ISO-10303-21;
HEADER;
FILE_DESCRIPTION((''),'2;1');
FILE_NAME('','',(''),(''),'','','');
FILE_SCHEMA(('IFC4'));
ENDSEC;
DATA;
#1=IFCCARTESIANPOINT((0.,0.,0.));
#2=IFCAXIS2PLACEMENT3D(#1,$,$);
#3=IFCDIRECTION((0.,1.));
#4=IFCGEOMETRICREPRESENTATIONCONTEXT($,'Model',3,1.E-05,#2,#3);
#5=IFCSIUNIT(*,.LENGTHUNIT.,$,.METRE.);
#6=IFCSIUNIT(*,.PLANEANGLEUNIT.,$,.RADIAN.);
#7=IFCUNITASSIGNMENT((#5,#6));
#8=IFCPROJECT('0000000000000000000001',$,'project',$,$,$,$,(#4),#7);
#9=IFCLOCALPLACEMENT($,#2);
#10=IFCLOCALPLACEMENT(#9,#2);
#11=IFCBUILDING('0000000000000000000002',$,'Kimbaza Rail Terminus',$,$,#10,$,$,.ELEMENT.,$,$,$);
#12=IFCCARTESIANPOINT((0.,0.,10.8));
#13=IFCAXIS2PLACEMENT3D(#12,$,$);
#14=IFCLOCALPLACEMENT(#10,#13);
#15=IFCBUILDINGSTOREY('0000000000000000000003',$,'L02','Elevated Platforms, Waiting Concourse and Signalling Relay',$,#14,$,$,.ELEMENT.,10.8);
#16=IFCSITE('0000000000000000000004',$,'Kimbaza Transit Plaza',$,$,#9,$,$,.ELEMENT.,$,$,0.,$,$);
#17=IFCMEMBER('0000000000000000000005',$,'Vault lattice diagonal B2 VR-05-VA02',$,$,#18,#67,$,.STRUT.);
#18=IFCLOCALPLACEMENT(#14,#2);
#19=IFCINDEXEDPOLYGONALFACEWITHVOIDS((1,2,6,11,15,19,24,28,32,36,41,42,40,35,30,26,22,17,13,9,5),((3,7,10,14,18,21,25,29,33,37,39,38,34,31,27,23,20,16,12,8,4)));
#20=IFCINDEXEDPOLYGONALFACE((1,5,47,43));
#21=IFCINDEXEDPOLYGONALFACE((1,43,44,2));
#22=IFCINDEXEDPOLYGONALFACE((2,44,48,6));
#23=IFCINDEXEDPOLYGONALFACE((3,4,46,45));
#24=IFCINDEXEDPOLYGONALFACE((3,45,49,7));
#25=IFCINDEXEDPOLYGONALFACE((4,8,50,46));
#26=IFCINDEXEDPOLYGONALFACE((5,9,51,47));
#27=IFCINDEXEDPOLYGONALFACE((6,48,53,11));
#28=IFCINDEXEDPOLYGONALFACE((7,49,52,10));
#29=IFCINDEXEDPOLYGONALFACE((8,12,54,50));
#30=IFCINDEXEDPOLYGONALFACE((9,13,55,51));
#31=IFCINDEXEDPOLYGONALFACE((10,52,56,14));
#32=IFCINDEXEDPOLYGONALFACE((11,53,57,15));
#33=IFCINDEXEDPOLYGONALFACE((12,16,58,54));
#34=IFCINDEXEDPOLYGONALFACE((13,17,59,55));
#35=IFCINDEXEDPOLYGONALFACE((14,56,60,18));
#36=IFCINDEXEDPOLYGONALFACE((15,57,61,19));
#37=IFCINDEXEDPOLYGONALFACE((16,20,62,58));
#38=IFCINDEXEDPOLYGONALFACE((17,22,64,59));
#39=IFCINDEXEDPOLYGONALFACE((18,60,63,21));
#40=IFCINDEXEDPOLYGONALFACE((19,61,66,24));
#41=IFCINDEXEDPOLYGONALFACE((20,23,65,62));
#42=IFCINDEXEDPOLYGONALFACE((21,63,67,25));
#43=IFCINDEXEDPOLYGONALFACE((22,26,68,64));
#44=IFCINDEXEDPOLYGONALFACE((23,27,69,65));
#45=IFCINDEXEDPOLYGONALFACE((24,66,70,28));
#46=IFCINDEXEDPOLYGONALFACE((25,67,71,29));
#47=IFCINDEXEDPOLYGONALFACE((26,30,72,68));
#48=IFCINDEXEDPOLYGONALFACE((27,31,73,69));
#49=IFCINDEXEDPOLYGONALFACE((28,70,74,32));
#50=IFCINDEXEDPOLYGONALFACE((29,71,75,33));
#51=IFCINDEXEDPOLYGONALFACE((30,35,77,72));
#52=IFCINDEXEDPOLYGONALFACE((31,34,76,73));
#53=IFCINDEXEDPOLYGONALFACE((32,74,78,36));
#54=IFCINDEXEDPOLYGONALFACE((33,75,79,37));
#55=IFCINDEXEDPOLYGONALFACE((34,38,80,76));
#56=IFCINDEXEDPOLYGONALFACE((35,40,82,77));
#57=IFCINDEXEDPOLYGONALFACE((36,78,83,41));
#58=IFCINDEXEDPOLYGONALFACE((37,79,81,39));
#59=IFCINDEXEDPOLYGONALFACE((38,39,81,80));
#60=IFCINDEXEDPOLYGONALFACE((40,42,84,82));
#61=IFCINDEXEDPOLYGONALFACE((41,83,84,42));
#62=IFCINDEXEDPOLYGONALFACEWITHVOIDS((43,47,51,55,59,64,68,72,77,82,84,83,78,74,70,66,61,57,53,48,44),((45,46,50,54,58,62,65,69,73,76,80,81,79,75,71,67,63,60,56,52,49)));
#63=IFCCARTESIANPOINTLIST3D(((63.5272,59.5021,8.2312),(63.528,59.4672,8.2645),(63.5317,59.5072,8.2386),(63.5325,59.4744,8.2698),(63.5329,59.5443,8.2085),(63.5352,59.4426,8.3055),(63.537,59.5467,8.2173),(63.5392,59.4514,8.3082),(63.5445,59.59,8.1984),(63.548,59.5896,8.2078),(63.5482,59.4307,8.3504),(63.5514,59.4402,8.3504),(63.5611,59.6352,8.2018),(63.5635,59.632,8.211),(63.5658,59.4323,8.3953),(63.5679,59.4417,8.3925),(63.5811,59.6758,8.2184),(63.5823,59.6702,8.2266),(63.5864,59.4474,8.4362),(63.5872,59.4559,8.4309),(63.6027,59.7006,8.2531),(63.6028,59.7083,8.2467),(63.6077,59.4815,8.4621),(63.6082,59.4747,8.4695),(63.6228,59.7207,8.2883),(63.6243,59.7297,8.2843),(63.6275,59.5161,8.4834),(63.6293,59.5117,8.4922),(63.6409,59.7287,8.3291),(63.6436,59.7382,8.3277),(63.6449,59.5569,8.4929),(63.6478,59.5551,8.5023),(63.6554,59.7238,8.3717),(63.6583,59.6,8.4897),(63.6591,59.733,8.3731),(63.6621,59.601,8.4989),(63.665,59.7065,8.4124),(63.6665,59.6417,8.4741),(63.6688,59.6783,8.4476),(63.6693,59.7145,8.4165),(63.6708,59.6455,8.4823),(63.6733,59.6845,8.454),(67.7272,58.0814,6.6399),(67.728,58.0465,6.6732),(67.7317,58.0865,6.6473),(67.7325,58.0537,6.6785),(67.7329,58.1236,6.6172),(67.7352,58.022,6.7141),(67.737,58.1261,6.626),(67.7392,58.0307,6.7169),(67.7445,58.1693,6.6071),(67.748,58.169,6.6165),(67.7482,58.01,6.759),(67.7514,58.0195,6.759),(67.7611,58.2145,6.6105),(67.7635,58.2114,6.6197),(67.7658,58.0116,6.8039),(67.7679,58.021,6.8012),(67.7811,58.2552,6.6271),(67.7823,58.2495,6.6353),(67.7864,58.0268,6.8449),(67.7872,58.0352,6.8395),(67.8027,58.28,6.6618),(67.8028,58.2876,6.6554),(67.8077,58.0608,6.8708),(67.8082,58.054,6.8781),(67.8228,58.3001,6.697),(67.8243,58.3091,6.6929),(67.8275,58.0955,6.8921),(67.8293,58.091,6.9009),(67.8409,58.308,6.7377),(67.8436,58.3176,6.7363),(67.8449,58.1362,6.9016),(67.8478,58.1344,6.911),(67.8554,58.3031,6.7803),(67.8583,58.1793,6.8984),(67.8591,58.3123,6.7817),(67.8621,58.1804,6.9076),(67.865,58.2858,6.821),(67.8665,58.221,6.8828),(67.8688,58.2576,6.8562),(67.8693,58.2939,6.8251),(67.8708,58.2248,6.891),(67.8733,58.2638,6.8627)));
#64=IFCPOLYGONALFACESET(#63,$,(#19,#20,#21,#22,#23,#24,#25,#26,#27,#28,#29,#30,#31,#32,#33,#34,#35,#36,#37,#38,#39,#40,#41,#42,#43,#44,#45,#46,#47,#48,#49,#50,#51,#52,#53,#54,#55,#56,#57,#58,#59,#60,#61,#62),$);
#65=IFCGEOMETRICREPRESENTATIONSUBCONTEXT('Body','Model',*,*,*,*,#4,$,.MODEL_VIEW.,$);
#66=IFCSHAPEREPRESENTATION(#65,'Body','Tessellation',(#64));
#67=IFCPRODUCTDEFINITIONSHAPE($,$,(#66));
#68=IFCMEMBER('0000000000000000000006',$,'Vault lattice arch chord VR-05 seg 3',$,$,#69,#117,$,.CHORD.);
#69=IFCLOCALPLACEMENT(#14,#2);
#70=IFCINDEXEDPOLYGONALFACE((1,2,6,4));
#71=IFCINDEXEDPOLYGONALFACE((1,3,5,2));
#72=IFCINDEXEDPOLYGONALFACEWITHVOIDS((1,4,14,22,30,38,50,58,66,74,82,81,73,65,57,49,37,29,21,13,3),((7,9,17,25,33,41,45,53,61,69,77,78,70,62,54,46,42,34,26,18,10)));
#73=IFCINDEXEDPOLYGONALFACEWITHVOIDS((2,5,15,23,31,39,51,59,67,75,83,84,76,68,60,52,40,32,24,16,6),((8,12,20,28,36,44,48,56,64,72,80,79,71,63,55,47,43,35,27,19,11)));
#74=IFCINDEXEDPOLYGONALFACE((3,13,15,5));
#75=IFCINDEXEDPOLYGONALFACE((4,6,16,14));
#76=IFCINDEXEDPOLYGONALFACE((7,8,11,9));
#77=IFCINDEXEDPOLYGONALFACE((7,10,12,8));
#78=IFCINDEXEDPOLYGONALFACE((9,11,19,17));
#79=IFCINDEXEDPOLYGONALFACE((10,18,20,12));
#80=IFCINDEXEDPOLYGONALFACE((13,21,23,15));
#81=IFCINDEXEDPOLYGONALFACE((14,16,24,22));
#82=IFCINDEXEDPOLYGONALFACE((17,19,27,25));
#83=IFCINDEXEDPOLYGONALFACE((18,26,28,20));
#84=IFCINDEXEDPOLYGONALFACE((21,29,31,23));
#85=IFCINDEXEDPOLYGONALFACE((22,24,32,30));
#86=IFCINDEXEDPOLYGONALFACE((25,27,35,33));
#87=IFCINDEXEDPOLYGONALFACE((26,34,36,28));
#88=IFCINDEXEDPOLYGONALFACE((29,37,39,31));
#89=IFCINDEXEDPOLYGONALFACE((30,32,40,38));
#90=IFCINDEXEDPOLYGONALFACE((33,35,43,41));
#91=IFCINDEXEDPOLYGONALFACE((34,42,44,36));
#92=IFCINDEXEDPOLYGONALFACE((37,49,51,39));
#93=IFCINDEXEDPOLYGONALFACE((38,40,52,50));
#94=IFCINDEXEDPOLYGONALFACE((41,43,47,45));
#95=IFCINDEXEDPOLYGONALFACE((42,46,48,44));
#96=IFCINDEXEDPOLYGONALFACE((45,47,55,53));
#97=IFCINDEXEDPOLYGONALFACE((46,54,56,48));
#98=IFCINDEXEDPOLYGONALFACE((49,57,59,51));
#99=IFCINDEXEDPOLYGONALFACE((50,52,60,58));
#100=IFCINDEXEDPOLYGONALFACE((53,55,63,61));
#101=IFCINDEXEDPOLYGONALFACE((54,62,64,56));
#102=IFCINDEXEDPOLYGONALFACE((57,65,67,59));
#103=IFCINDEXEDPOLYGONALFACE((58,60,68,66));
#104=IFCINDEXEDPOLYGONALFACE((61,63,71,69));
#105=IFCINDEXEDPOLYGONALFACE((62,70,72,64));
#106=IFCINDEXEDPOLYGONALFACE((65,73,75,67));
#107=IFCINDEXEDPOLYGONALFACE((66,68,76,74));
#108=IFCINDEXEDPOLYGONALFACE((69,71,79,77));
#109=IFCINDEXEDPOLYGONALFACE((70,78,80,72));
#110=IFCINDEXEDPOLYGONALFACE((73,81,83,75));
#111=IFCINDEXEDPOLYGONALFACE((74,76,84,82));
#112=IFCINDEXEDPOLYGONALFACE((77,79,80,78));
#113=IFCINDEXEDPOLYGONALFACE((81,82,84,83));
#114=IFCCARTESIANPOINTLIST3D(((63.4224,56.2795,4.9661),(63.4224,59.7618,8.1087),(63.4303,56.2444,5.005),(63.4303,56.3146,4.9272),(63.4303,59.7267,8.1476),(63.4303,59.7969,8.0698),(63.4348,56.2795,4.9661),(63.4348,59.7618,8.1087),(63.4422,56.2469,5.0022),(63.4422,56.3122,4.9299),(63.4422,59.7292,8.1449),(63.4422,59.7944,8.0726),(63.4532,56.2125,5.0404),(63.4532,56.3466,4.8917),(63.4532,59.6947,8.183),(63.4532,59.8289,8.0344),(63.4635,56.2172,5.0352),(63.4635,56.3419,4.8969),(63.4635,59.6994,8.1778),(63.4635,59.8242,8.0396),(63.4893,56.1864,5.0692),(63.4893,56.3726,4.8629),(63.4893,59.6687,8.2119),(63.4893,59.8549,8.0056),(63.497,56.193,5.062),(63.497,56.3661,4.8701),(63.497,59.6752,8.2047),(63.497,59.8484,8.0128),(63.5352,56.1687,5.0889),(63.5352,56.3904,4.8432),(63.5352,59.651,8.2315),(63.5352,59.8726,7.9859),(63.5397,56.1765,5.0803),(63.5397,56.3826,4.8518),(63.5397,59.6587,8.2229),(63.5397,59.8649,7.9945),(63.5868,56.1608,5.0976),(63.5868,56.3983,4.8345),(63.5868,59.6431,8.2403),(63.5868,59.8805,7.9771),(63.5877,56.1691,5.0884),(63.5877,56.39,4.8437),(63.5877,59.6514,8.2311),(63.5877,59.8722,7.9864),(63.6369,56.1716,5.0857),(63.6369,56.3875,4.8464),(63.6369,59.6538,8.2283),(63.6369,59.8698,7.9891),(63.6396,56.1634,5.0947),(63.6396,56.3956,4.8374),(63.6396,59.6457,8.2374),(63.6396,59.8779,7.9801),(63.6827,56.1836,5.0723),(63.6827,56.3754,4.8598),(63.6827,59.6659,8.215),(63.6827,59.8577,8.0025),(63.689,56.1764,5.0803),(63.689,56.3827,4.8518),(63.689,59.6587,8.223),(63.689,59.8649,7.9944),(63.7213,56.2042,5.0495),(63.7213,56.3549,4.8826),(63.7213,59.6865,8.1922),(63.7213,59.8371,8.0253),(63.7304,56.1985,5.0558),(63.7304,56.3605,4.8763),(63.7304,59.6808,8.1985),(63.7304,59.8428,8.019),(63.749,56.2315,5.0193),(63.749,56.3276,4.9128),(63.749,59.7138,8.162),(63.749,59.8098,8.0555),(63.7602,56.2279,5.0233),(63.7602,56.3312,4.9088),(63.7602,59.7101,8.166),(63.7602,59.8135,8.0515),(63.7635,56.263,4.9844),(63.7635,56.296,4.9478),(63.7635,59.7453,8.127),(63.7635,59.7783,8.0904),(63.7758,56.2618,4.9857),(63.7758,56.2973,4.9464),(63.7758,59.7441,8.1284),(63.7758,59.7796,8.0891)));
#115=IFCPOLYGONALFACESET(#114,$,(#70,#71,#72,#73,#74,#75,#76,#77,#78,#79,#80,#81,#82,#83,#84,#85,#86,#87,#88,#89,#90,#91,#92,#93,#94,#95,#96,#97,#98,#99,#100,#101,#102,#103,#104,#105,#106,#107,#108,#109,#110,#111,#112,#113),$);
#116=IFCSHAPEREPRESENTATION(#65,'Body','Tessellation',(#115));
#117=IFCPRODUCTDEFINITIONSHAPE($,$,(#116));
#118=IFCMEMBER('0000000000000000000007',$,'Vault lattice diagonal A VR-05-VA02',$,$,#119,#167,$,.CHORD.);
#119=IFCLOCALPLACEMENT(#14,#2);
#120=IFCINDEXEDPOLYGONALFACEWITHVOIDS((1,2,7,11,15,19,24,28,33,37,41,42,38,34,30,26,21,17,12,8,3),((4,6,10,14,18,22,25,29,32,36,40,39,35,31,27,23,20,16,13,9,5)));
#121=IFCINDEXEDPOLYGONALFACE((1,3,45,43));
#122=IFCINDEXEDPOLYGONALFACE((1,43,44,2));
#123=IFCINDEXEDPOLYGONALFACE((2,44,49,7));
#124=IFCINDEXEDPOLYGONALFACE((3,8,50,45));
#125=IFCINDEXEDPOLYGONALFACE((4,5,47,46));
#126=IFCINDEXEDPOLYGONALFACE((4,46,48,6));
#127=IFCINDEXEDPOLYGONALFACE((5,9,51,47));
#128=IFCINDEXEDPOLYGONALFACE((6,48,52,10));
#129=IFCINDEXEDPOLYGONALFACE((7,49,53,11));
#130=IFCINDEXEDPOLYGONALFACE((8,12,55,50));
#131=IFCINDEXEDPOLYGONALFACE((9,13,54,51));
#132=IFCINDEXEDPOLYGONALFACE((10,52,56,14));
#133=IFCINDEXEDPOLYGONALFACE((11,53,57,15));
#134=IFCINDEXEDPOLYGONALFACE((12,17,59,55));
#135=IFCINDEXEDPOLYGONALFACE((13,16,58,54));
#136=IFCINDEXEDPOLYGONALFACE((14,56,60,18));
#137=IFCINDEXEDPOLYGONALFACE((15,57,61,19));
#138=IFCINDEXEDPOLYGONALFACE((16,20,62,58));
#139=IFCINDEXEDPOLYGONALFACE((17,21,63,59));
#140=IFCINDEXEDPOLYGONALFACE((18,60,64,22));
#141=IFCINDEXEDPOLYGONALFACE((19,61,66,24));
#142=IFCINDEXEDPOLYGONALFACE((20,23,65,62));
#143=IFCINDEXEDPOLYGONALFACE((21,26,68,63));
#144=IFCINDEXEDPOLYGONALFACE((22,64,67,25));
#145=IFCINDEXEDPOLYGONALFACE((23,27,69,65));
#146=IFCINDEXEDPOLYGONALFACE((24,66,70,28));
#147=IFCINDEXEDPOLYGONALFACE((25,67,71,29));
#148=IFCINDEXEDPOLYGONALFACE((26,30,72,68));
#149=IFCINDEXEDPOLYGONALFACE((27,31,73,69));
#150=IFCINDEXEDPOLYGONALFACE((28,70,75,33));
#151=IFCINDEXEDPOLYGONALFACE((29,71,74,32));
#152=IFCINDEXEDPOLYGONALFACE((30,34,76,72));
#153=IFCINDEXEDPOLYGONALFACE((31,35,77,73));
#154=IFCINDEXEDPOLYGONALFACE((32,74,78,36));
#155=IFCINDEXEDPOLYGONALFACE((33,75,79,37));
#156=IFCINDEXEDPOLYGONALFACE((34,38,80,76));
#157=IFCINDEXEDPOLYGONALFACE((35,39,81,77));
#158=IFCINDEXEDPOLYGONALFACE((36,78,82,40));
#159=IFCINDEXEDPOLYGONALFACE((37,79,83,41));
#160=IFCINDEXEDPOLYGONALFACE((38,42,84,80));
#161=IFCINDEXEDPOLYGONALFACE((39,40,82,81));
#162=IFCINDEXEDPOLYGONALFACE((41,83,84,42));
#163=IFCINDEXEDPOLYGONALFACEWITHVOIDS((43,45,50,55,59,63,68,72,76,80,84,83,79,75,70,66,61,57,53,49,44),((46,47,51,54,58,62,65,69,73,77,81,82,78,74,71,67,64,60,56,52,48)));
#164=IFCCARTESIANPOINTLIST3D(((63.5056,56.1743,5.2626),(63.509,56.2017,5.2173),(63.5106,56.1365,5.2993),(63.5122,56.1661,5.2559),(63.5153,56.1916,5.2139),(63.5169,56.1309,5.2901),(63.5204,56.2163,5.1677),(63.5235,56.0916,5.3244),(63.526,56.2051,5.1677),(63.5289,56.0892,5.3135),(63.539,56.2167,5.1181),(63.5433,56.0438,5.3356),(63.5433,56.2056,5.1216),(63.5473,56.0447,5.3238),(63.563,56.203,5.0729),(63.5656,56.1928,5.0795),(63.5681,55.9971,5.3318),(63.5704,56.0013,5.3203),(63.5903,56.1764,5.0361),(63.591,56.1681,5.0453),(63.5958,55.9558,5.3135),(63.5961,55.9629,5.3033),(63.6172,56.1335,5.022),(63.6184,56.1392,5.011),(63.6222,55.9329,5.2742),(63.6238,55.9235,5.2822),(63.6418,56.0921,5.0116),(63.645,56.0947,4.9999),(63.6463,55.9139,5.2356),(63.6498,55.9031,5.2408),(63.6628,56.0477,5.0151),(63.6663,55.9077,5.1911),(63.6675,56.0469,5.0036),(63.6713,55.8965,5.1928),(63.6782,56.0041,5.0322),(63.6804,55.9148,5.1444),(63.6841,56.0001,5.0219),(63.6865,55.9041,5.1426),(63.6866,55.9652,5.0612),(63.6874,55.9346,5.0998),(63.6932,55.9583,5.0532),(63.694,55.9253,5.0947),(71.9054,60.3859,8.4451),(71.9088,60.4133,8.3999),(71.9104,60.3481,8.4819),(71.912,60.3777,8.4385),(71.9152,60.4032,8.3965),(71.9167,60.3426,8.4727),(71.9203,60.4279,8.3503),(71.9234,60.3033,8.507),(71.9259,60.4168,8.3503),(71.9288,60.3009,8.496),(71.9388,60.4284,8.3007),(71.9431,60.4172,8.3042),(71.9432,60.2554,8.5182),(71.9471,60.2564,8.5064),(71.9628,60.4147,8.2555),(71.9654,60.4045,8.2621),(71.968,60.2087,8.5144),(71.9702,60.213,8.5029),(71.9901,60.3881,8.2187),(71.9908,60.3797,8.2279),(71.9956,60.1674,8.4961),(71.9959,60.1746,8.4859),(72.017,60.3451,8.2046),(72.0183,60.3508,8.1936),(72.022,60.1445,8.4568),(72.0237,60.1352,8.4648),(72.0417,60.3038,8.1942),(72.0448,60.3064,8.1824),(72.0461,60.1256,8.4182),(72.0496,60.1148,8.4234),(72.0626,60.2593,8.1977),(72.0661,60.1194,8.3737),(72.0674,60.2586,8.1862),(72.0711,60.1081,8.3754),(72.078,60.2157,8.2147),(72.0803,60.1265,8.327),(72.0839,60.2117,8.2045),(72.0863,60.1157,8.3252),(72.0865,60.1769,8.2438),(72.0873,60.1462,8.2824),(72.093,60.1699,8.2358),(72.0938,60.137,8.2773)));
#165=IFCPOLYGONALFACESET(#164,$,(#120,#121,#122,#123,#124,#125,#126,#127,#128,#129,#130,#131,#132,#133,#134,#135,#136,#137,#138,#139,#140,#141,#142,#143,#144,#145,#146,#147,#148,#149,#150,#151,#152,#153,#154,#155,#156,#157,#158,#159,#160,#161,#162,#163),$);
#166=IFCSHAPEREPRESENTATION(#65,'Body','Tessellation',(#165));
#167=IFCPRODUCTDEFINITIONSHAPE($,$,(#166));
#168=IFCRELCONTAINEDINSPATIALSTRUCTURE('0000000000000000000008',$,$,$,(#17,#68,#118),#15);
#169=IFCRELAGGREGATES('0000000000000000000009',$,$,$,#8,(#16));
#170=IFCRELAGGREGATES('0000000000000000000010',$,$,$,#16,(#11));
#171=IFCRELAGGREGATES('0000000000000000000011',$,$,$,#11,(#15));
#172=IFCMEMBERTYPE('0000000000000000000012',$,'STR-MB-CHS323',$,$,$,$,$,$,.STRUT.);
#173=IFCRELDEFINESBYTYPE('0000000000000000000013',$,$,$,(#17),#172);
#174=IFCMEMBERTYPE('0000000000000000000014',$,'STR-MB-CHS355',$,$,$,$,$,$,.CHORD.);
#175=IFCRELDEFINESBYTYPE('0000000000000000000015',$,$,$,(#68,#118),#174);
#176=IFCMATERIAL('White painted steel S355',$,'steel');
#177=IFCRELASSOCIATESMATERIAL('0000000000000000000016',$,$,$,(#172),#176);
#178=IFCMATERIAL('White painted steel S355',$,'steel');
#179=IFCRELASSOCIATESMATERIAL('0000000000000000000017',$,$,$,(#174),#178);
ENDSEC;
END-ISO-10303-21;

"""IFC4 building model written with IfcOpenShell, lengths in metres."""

from ifc_helpers import new_model, si_unit, direction, frame, origin, origin_2d, place, context, subcontext, project, spatial, hollow_circle, extrude, material, material_profile, profile_set, type_object, element, save


model = new_model("IFC4")

# Units and contexts
model_context = context("Model", 3, precision=1e-05, world=origin(), true_north=direction((0.0, 1.0)))
body_context = subcontext(model_context, "Body", "Model", "MODEL_VIEW")
ifc_project = project(units=[si_unit("LENGTHUNIT", "METRE"), si_unit("PLANEANGLEUNIT", "RADIAN")], contexts=[model_context])

# Site, building, storey
site_placement = place(None, origin())
site = spatial("IfcSite", under=ifc_project, at=site_placement, Name="Kimbaza Transit Plaza", CompositionType="ELEMENT", RefElevation=0.0)
building_placement = place(site_placement, origin())
building = spatial("IfcBuilding", under=site, at=building_placement, Name="Kimbaza Rail Terminus", CompositionType="ELEMENT")
storey_placement = place(building_placement, frame((0.0, 0.0, 10.8)))
storey = spatial("IfcBuildingStorey", under=building, at=storey_placement, Name="L02", Description="Elevated Platforms, Waiting Concourse and Signalling Relay", CompositionType="ELEMENT", Elevation=10.8)

# Members
ifc_material_1 = material(Name="White painted steel S355", Category="steel")
ifc_material_profile_1 = material_profile(ifc_material_1, hollow_circle(Radius=0.1619, WallThickness=0.01, at=origin_2d()), Name="CHS 323.9x10")
ifc_profile_set_1 = profile_set([ifc_material_profile_1], Name="White painted steel S355")
member_type_1 = type_object("IfcMemberType", Name="STR-MB-CHS323", PredefinedType="STRUT", material=ifc_profile_set_1)
for number, where, z_axis, x_axis, name in (
    (1, (67.8, 58.1633, 6.759), (-0.891589, 0.301584, 0.337812), (-0.320421, -0.947275, 0.0), "Vault lattice diagonal B2 VR-05-VA02"),
):
    element("IfcMember", number, at=place(storey_placement, frame(where, z_axis=z_axis, x_axis=x_axis)), inside=storey, type_object=member_type_1, Name=name, PredefinedType="STRUT", context=body_context, shape_type="SweptSolid", body=[
        extrude(hollow_circle(Radius=0.1619, WallThickness=0.01, at=origin_2d()), origin(), (0.0, 0.0, 1.0), 4.7107),
    ])
ifc_material_2 = material(Name="White painted steel S355", Category="steel")
ifc_material_profile_2 = material_profile(ifc_material_2, hollow_circle(Radius=0.1777, WallThickness=0.0125, at=origin_2d()), Name="CHS 355.6x12.5")
ifc_profile_set_2 = profile_set([ifc_material_profile_2], Name="White painted steel S355")
member_type_2 = type_object("IfcMemberType", Name="STR-MB-CHS355", PredefinedType="CHORD", material=ifc_profile_set_2)
member_1_placement = place(storey_placement, frame((63.6001, 56.2795, 4.9661), z_axis=(0.0, 0.74238, 0.669979), x_axis=(-1.0, 0.0, 0.0)))
element("IfcMember", 2, at=member_1_placement, inside=storey, type_object=member_type_2, Name="Vault lattice arch chord VR-05 seg 3", PredefinedType="CHORD", context=body_context, shape_type="SweptSolid", body=[
    extrude(hollow_circle(Radius=0.1777, WallThickness=0.0125, at=origin_2d()), origin(), (0.0, 0.0, 1.0), 4.6907),
])
member_2_placement = place(storey_placement, frame((63.6001, 56.0574, 5.1677), z_axis=(0.846682, 0.424522, 0.320797), x_axis=(-0.448211, 0.893928, 0.0)))
element("IfcMember", 3, at=member_2_placement, inside=storey, type_object=member_type_2, Name="Vault lattice diagonal A VR-05-VA02", PredefinedType="CHORD", context=body_context, shape_type="SweptSolid", body=[
    extrude(hollow_circle(Radius=0.1777, WallThickness=0.0125, at=origin_2d()), origin(), (0.0, 0.0, 1.0), 9.9209),
])

save(model, "model.ifc")
